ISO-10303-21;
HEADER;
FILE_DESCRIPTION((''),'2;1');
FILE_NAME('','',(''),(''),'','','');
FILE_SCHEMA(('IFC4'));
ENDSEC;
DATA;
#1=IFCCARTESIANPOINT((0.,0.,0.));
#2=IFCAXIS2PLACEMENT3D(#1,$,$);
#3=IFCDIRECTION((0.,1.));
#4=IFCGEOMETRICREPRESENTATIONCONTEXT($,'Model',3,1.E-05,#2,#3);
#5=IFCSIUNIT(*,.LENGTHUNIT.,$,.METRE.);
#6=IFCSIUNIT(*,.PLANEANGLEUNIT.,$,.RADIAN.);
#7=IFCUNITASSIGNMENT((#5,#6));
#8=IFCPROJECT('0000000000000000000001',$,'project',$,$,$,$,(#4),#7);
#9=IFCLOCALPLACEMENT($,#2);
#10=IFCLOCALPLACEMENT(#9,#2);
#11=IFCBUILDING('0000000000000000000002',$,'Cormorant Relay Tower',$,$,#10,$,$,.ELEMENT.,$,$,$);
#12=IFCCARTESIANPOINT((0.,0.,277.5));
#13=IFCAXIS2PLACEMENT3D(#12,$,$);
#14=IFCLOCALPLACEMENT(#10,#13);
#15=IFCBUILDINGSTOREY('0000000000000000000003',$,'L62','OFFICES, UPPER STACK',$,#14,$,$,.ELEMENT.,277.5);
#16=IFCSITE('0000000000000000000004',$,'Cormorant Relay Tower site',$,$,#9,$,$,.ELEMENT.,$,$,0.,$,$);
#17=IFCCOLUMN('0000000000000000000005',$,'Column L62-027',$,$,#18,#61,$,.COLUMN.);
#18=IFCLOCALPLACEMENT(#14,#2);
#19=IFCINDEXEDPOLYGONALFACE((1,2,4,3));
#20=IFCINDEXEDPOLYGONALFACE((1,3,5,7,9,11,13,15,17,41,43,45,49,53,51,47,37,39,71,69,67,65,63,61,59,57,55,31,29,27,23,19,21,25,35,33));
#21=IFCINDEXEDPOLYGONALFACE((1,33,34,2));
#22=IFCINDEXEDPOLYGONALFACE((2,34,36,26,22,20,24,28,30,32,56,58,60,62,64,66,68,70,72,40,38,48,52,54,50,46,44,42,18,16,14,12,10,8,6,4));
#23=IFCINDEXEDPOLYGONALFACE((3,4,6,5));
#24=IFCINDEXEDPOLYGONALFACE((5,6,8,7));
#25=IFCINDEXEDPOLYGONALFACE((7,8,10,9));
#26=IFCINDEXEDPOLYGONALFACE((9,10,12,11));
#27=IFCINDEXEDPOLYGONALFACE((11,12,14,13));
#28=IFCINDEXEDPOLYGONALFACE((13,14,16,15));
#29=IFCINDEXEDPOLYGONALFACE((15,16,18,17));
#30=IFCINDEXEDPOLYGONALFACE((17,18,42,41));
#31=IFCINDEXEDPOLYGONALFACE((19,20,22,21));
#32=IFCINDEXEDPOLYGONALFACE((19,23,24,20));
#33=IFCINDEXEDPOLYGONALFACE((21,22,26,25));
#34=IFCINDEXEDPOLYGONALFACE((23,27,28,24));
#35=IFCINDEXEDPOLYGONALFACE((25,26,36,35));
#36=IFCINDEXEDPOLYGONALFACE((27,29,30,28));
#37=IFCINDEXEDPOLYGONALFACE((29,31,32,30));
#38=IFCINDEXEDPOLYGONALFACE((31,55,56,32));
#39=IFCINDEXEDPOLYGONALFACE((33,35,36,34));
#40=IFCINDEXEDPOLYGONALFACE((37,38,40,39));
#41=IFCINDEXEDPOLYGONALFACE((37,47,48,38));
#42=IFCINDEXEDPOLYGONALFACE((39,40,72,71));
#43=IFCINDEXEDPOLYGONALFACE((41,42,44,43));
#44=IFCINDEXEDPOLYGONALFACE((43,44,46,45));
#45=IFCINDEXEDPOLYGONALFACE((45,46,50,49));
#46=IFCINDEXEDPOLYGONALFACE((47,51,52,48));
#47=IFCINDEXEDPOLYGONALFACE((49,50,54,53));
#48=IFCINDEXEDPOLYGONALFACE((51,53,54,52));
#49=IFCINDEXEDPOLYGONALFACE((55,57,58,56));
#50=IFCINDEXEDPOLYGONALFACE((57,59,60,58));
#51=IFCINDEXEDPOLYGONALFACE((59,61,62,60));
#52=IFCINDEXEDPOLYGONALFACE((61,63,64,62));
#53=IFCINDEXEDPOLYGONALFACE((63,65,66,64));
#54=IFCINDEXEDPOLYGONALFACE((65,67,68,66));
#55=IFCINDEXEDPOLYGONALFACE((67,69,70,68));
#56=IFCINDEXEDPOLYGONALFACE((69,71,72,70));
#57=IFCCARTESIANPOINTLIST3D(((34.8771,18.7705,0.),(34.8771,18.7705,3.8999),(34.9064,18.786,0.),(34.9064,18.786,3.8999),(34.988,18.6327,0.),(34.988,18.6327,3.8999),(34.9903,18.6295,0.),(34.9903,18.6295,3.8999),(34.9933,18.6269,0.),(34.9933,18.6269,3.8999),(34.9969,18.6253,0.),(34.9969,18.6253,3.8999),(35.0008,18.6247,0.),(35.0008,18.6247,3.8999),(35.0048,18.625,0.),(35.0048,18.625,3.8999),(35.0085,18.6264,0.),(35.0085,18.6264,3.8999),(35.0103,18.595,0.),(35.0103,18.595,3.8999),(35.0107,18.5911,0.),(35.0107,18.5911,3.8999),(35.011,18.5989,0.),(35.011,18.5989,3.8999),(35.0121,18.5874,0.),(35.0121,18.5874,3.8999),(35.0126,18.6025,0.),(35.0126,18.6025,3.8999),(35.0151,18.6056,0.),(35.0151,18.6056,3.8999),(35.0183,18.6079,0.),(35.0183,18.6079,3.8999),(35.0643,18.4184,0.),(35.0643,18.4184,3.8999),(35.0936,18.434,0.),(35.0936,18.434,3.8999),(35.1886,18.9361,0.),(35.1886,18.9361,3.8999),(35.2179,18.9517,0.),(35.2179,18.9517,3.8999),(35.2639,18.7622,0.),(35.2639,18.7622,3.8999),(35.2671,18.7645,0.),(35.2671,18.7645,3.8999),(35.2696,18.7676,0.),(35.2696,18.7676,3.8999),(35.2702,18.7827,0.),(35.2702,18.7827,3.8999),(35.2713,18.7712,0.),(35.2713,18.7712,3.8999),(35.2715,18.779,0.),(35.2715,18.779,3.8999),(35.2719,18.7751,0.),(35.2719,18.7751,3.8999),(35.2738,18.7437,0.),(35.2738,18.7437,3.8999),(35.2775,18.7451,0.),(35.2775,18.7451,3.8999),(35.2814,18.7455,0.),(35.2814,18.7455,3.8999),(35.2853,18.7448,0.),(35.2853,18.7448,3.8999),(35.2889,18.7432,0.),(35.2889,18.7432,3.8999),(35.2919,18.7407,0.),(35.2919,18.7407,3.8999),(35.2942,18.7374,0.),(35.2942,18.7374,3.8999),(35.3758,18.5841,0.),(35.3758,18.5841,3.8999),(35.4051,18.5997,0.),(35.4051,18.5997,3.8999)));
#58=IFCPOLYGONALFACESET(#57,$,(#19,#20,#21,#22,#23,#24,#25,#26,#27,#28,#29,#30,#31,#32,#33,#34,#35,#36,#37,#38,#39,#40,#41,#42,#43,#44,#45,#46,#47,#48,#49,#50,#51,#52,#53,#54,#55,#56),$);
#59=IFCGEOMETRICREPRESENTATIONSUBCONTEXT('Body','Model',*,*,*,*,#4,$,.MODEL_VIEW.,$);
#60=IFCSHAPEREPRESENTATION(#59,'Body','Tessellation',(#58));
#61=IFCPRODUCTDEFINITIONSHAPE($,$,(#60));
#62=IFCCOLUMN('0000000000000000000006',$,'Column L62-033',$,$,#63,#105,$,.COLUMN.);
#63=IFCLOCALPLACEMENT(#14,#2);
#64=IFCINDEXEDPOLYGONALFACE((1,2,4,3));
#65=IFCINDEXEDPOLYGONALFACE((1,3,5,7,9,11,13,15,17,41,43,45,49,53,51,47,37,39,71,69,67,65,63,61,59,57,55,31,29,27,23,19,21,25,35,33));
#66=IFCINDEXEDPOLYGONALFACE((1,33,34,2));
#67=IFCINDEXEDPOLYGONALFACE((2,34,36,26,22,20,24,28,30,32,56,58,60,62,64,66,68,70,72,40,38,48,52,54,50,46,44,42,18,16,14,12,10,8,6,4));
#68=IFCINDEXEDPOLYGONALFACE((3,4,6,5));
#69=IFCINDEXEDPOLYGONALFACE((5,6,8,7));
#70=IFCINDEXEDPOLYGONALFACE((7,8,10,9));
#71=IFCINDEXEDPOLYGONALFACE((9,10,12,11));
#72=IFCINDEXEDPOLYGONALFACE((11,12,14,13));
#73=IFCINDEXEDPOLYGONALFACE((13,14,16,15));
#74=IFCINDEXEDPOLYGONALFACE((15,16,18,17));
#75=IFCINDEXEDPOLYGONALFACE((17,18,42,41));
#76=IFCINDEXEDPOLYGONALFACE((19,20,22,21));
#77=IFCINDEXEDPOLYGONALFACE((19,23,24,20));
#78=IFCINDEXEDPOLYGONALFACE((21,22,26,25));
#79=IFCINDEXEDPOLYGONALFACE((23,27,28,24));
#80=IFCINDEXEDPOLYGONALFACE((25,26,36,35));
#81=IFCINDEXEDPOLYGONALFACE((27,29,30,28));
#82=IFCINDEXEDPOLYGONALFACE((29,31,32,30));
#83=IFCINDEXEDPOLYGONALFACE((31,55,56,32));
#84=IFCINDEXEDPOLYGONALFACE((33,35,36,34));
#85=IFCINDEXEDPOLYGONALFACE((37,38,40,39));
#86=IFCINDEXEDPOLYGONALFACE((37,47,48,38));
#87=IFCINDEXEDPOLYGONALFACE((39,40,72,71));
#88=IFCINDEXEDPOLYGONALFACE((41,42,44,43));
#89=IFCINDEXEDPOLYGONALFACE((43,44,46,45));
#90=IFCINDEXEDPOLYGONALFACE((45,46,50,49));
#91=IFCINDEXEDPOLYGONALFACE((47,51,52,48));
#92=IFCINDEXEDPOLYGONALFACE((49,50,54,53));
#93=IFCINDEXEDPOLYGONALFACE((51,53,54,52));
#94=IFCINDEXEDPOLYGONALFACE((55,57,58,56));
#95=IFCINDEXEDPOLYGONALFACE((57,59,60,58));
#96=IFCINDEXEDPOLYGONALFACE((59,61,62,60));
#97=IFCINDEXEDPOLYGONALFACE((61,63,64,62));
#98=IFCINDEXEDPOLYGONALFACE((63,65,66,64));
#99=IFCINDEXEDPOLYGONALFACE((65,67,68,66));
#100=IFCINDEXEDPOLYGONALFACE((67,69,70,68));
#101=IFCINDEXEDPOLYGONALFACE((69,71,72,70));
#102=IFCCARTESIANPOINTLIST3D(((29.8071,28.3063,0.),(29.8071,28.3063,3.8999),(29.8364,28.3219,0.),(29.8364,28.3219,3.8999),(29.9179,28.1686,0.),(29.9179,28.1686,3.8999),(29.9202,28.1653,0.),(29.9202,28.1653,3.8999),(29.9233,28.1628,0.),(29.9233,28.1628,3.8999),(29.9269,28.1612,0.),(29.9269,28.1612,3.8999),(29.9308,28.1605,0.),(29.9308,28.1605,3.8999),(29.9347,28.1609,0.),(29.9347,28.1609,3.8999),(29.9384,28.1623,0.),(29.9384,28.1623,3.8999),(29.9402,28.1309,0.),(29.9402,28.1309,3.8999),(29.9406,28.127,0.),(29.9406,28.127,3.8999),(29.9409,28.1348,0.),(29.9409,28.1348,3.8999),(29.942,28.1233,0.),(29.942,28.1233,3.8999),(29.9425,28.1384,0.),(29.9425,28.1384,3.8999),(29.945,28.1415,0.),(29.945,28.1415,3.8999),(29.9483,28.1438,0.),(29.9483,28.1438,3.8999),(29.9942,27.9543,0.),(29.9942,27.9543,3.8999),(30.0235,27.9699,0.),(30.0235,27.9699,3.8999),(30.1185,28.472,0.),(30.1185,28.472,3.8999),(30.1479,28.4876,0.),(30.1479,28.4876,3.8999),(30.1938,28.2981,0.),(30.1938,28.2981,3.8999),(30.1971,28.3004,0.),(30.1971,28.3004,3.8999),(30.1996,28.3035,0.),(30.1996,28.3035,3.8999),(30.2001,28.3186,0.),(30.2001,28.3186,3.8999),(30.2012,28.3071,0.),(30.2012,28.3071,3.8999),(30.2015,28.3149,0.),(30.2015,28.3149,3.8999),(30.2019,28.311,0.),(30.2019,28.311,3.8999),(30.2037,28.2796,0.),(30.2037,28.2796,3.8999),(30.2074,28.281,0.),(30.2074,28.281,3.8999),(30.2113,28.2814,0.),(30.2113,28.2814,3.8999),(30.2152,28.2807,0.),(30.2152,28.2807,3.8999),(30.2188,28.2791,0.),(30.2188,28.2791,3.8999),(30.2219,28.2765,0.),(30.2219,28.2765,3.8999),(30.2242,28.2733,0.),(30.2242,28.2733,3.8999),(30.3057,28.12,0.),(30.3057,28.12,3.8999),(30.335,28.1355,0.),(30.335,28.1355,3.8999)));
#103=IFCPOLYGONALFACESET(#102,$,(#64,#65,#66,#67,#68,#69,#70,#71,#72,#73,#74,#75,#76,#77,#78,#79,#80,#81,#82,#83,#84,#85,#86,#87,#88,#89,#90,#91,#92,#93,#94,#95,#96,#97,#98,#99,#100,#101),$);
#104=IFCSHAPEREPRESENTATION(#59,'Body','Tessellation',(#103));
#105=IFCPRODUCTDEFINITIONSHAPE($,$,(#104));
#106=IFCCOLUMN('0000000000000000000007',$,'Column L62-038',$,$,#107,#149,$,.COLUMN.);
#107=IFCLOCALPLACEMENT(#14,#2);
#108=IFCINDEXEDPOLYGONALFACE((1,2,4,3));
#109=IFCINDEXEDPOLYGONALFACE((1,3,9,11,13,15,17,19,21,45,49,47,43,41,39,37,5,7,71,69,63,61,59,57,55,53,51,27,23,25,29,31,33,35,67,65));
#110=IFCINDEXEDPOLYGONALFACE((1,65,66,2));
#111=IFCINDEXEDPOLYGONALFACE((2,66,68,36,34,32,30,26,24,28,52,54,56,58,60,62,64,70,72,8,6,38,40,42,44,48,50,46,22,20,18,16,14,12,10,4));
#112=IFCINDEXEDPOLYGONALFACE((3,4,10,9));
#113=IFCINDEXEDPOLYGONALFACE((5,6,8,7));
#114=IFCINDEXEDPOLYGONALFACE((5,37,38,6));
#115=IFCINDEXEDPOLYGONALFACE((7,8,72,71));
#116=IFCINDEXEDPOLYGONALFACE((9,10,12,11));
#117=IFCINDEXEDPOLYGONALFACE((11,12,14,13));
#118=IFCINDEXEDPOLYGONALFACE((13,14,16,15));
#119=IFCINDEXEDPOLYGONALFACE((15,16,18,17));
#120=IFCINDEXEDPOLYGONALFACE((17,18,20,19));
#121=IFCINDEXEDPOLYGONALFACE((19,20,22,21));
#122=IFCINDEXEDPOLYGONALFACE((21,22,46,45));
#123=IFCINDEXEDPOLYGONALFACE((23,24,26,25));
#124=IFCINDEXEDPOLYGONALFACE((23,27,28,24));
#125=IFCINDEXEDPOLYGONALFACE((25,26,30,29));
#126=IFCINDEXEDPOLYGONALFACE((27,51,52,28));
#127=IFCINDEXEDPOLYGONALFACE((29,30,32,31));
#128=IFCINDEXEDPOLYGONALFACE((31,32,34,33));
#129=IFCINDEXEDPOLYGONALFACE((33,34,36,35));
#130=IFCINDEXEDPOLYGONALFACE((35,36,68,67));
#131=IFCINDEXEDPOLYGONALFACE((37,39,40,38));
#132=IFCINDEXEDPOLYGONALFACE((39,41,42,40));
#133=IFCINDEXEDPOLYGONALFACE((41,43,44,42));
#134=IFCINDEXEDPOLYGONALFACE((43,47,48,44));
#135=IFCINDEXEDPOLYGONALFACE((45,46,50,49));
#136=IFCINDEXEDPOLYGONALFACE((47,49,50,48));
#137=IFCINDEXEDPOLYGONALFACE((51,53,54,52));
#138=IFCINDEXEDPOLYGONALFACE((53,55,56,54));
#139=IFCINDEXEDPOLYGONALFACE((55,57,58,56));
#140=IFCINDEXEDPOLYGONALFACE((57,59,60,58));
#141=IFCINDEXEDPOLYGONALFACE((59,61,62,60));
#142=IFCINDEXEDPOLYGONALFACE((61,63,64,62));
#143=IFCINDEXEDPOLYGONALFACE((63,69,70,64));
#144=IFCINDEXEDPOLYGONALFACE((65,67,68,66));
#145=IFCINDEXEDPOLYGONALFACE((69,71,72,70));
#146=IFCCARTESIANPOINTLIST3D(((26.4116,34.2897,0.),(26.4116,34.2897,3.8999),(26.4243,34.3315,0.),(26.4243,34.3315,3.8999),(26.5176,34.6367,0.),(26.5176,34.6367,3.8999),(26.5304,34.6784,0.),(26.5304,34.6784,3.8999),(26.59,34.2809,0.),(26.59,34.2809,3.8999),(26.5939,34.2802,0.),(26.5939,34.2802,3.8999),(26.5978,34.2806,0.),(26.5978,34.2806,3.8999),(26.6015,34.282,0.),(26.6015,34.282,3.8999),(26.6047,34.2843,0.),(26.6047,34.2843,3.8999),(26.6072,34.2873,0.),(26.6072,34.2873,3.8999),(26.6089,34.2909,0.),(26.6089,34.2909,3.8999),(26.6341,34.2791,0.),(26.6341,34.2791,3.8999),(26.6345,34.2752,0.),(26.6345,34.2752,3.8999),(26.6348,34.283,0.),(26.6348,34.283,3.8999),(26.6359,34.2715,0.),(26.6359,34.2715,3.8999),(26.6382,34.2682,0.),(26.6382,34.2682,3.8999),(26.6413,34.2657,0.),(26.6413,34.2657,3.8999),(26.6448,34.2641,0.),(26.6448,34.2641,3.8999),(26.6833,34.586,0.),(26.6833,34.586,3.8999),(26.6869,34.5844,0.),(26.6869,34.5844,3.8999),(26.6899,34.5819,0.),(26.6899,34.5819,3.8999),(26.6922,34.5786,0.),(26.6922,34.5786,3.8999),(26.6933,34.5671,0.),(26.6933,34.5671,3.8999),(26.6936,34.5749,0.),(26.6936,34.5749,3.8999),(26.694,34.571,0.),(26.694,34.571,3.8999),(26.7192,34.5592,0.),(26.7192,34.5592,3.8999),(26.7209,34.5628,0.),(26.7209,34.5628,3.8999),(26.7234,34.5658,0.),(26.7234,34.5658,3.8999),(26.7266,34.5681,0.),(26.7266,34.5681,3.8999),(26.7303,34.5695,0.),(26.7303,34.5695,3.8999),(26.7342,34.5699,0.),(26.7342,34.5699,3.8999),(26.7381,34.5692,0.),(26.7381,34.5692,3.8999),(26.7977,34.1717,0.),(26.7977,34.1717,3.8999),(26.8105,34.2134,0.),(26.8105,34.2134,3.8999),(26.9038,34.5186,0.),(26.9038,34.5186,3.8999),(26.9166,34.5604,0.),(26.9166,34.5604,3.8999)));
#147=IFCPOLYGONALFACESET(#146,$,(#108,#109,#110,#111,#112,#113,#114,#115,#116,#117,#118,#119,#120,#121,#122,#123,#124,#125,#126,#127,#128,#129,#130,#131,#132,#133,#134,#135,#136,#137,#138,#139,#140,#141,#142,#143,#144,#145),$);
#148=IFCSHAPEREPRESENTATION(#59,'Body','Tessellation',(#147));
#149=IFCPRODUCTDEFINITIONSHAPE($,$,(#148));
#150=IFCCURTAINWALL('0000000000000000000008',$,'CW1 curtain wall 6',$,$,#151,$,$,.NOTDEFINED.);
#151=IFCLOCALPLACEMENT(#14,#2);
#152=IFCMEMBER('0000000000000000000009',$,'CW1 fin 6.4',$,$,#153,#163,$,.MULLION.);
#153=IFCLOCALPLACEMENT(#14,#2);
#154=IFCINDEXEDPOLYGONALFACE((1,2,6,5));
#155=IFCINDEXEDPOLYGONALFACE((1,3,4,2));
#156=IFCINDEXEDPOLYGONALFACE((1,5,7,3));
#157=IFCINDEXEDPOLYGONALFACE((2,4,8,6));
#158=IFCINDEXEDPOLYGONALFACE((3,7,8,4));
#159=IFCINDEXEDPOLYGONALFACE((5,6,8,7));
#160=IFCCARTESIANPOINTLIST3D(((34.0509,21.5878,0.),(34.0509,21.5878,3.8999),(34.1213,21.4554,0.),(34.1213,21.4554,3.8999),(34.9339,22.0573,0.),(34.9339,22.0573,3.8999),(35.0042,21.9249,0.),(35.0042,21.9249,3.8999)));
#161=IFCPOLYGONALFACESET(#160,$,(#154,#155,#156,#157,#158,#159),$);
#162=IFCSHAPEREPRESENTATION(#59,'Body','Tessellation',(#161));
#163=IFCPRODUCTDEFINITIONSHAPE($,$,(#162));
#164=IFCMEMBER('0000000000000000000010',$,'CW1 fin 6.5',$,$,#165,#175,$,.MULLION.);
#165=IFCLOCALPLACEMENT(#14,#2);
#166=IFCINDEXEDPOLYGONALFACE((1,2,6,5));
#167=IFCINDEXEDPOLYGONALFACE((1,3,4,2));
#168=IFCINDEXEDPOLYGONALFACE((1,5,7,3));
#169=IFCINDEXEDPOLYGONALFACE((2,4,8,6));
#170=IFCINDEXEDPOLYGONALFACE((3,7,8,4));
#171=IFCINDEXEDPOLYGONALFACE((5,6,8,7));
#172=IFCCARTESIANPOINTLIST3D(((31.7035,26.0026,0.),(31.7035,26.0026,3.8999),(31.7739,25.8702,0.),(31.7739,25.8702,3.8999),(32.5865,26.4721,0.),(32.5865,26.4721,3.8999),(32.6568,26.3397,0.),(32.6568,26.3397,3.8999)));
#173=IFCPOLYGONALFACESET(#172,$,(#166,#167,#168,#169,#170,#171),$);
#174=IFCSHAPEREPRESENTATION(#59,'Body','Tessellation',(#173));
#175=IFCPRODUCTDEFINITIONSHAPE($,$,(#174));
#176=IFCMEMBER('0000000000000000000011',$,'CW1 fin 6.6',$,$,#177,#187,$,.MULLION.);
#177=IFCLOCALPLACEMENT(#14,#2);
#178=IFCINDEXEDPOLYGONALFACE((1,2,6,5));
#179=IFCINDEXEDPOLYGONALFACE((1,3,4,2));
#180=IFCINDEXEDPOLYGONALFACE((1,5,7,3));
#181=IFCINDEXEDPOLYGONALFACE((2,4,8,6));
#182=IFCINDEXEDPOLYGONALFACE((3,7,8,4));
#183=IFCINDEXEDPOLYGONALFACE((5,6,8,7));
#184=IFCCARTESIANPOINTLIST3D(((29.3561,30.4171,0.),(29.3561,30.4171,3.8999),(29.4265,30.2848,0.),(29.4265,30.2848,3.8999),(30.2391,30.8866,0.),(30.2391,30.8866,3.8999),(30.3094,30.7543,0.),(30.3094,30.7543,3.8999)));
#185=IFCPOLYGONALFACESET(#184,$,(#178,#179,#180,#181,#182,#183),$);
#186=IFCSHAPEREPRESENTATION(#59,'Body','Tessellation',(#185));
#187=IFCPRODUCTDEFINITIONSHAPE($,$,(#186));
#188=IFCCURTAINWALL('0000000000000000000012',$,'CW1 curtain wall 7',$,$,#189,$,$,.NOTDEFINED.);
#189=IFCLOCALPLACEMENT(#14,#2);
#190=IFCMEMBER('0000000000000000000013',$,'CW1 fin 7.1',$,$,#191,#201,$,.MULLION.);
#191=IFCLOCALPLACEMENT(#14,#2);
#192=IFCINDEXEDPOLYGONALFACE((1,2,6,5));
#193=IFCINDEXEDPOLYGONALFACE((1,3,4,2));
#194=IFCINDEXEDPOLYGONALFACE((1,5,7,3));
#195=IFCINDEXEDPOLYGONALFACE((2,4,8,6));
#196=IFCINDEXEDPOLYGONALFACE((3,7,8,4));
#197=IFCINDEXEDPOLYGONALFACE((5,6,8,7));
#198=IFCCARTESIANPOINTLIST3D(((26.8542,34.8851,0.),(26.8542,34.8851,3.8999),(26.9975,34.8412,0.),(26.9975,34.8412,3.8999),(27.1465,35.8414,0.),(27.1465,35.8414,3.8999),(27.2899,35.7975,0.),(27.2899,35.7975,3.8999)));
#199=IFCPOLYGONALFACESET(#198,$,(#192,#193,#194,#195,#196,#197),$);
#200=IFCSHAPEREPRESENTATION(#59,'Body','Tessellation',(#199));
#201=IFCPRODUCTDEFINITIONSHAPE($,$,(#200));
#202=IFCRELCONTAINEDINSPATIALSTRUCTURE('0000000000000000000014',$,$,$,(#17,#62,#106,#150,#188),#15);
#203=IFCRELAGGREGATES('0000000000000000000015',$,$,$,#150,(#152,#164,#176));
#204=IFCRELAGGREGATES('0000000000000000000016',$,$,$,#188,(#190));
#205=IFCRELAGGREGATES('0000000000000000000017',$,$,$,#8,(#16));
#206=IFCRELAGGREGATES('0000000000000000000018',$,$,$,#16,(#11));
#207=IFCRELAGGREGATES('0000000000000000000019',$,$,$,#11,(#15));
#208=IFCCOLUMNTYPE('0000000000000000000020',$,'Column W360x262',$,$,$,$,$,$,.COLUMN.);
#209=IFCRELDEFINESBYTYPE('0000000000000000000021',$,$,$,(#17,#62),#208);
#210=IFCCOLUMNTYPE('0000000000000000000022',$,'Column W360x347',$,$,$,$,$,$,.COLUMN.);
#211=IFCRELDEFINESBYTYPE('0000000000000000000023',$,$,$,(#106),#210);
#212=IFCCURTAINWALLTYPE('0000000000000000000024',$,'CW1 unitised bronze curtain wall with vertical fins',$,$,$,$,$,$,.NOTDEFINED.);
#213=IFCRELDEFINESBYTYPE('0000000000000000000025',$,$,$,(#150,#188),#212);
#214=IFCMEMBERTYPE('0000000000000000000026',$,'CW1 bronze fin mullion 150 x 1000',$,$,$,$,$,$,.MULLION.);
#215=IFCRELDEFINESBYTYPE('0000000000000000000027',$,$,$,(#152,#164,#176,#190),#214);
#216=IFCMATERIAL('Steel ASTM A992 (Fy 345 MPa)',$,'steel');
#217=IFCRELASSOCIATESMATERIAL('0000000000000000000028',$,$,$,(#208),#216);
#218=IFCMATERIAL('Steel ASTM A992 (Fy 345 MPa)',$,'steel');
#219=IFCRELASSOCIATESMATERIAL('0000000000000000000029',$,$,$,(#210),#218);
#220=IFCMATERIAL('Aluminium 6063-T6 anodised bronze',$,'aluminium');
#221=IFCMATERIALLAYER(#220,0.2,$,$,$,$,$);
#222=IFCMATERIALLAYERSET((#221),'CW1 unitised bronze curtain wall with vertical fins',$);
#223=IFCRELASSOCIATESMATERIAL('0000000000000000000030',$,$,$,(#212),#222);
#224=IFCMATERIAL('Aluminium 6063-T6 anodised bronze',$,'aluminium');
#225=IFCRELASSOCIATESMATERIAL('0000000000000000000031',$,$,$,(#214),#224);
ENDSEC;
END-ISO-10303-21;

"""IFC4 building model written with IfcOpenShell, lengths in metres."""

from ifc_helpers import new_model, si_unit, direction, frame, origin, origin_2d, place, context, subcontext, project, spatial, rectangle, i_section, extrude, material, layer, layer_set, material_profile, profile_set, type_object, element, aggregate, save


model = new_model("IFC4")

# Units and contexts
model_context = context("Model", 3, precision=1e-05, world=origin(), true_north=direction((0.0, 1.0)))
body_context = subcontext(model_context, "Body", "Model", "MODEL_VIEW")
ifc_project = project(units=[si_unit("LENGTHUNIT", "METRE"), si_unit("PLANEANGLEUNIT", "RADIAN")], contexts=[model_context])

# Site, building, storey
site_placement = place(None, origin())
site = spatial("IfcSite", under=ifc_project, at=site_placement, Name="Cormorant Relay Tower site", CompositionType="ELEMENT", RefElevation=0.0)
building_placement = place(site_placement, origin())
building = spatial("IfcBuilding", under=site, at=building_placement, Name="Cormorant Relay Tower", CompositionType="ELEMENT")
storey_placement = place(building_placement, frame((0.0, 0.0, 277.5)))
storey = spatial("IfcBuildingStorey", under=building, at=storey_placement, Name="L62", Description="OFFICES, UPPER STACK", CompositionType="ELEMENT", Elevation=277.5)

# Columns
ifc_material_1 = material(Name="Steel ASTM A992 (Fy 345 MPa)", Category="steel")
ifc_material_profile_1 = material_profile(ifc_material_1, i_section(OverallWidth=0.3987, OverallDepth=0.386, WebThickness=0.021, FlangeThickness=0.0332, FilletRadius=0.0151, at=origin_2d()), Name="W360x262")
ifc_profile_set_1 = profile_set([ifc_material_profile_1], Name="Steel ASTM A992 (Fy 345 MPa)")
column_type_1 = type_object("IfcColumnType", Name="Column W360x262", PredefinedType="COLUMN", material=ifc_profile_set_1)
for number, where, z_axis, x_axis, name in (
    (1, (35.1411, 18.6851, 0.0), (0.0, 0.0, 1.0), (-0.469472, 0.882948, 0.0), "Column L62-027"),
    (2, (30.071, 28.2209, 0.0), (0.0, 0.0, 1.0), (-0.469472, 0.882948, 0.0), "Column L62-033"),
):
    element("IfcColumn", number, at=place(storey_placement, frame(where, z_axis=z_axis, x_axis=x_axis)), inside=storey, type_object=column_type_1, Name=name, PredefinedType="COLUMN", context=body_context, shape_type="SweptSolid", body=[
        extrude(i_section(OverallWidth=0.3987, OverallDepth=0.386, WebThickness=0.021, FlangeThickness=0.0332, FilletRadius=0.0151, at=origin_2d()), origin(), (0.0, 0.0, 1.0), 3.8999),
    ])
ifc_material_2 = material(Name="Steel ASTM A992 (Fy 345 MPa)", Category="steel")
ifc_material_profile_2 = material_profile(ifc_material_2, i_section(OverallWidth=0.4038, OverallDepth=0.4065, WebThickness=0.0271, FlangeThickness=0.0437, FilletRadius=0.0151, at=origin_2d()), Name="W360x347")
ifc_profile_set_2 = profile_set([ifc_material_profile_2], Name="Steel ASTM A992 (Fy 345 MPa)")
column_type_2 = type_object("IfcColumnType", Name="Column W360x347", PredefinedType="COLUMN", material=ifc_profile_set_2)
column_placement = place(storey_placement, frame((26.6641, 34.425, 0.0), z_axis=(0.0, 0.0, 1.0), x_axis=(-0.956305, 0.292372, 0.0)))
element("IfcColumn", 3, at=column_placement, inside=storey, type_object=column_type_2, Name="Column L62-038", PredefinedType="COLUMN", context=body_context, shape_type="SweptSolid", body=[
    extrude(i_section(OverallWidth=0.4038, OverallDepth=0.4065, WebThickness=0.0271, FlangeThickness=0.0437, FilletRadius=0.0151, at=origin_2d()), origin(), (0.0, 0.0, 1.0), 3.8999),
])

# Curtain walls, members
ifc_material_3 = material(Name="Aluminium 6063-T6 anodised bronze", Category="aluminium")
ifc_layer_1 = layer(ifc_material_3, 0.2)
ifc_layer_set_1 = layer_set([ifc_layer_1], Name="CW1 unitised bronze curtain wall with vertical fins")
curtain_wall_type = type_object("IfcCurtainWallType", Name="CW1 unitised bronze curtain wall with vertical fins", PredefinedType="NOTDEFINED", material=ifc_layer_set_1)
curtain_wall_1_placement = place(storey_placement, origin())
curtain_wall_1 = element("IfcCurtainWall", 4, at=curtain_wall_1_placement, inside=storey, type_object=curtain_wall_type, Name="CW1 curtain wall 6", PredefinedType="NOTDEFINED")
ifc_material_4 = material(Name="Aluminium 6063-T6 anodised bronze", Category="aluminium")
ifc_material_profile_3 = material_profile(ifc_material_4, rectangle(XDim=0.1499, YDim=1.0, at=origin_2d()), Name="AL 150x1000")
ifc_profile_set_3 = profile_set([ifc_material_profile_3], Name="Aluminium 6063-T6 anodised bronze")
member_type_1 = type_object("IfcMemberType", Name="CW1 bronze fin mullion 150 x 1000", PredefinedType="MULLION", material=ifc_profile_set_3)
member_1_placement = place(storey_placement, frame((34.5276, 21.7563, 0.0), z_axis=(0.0, 0.0, 1.0), x_axis=(-0.469472, 0.882948, 0.0)))
member_1 = element("IfcMember", 5, at=member_1_placement, type_object=member_type_1, Name="CW1 fin 6.4", PredefinedType="MULLION", context=body_context, shape_type="SweptSolid", body=[
    extrude(rectangle(XDim=0.1499, YDim=1.0, at=origin_2d()), origin(), (0.0, 0.0, 1.0), 3.8999),
])
member_2_placement = place(storey_placement, frame((32.1802, 26.1711, 0.0), z_axis=(0.0, 0.0, 1.0), x_axis=(-0.469472, 0.882948, 0.0)))
member_2 = element("IfcMember", 6, at=member_2_placement, type_object=member_type_1, Name="CW1 fin 6.5", PredefinedType="MULLION", context=body_context, shape_type="SweptSolid", body=[
    extrude(rectangle(XDim=0.1499, YDim=1.0, at=origin_2d()), origin(), (0.0, 0.0, 1.0), 3.8999),
])
member_3_placement = place(storey_placement, frame((29.8328, 30.5857, 0.0), z_axis=(0.0, 0.0, 1.0), x_axis=(-0.469472, 0.882948, 0.0)))
member_3 = element("IfcMember", 7, at=member_3_placement, type_object=member_type_1, Name="CW1 fin 6.6", PredefinedType="MULLION", context=body_context, shape_type="SweptSolid", body=[
    extrude(rectangle(XDim=0.1499, YDim=1.0, at=origin_2d()), origin(), (0.0, 0.0, 1.0), 3.8999),
])
curtain_wall_2_placement = place(storey_placement, origin())
curtain_wall_2 = element("IfcCurtainWall", 8, at=curtain_wall_2_placement, inside=storey, type_object=curtain_wall_type, Name="CW1 curtain wall 7", PredefinedType="NOTDEFINED")
member_4_placement = place(storey_placement, frame((27.072, 35.3413, 0.0), z_axis=(0.0, 0.0, 1.0), x_axis=(-0.956305, 0.292372, 0.0)))
member_4 = element("IfcMember", 9, at=member_4_placement, type_object=member_type_1, Name="CW1 fin 7.1", PredefinedType="MULLION", context=body_context, shape_type="SweptSolid", body=[
    extrude(rectangle(XDim=0.1499, YDim=1.0, at=origin_2d()), origin(), (0.0, 0.0, 1.0), 3.8999),
])

aggregate(curtain_wall_1, [member_1, member_2, member_3])
aggregate(curtain_wall_2, [member_4])

save(model, "model.ifc")
